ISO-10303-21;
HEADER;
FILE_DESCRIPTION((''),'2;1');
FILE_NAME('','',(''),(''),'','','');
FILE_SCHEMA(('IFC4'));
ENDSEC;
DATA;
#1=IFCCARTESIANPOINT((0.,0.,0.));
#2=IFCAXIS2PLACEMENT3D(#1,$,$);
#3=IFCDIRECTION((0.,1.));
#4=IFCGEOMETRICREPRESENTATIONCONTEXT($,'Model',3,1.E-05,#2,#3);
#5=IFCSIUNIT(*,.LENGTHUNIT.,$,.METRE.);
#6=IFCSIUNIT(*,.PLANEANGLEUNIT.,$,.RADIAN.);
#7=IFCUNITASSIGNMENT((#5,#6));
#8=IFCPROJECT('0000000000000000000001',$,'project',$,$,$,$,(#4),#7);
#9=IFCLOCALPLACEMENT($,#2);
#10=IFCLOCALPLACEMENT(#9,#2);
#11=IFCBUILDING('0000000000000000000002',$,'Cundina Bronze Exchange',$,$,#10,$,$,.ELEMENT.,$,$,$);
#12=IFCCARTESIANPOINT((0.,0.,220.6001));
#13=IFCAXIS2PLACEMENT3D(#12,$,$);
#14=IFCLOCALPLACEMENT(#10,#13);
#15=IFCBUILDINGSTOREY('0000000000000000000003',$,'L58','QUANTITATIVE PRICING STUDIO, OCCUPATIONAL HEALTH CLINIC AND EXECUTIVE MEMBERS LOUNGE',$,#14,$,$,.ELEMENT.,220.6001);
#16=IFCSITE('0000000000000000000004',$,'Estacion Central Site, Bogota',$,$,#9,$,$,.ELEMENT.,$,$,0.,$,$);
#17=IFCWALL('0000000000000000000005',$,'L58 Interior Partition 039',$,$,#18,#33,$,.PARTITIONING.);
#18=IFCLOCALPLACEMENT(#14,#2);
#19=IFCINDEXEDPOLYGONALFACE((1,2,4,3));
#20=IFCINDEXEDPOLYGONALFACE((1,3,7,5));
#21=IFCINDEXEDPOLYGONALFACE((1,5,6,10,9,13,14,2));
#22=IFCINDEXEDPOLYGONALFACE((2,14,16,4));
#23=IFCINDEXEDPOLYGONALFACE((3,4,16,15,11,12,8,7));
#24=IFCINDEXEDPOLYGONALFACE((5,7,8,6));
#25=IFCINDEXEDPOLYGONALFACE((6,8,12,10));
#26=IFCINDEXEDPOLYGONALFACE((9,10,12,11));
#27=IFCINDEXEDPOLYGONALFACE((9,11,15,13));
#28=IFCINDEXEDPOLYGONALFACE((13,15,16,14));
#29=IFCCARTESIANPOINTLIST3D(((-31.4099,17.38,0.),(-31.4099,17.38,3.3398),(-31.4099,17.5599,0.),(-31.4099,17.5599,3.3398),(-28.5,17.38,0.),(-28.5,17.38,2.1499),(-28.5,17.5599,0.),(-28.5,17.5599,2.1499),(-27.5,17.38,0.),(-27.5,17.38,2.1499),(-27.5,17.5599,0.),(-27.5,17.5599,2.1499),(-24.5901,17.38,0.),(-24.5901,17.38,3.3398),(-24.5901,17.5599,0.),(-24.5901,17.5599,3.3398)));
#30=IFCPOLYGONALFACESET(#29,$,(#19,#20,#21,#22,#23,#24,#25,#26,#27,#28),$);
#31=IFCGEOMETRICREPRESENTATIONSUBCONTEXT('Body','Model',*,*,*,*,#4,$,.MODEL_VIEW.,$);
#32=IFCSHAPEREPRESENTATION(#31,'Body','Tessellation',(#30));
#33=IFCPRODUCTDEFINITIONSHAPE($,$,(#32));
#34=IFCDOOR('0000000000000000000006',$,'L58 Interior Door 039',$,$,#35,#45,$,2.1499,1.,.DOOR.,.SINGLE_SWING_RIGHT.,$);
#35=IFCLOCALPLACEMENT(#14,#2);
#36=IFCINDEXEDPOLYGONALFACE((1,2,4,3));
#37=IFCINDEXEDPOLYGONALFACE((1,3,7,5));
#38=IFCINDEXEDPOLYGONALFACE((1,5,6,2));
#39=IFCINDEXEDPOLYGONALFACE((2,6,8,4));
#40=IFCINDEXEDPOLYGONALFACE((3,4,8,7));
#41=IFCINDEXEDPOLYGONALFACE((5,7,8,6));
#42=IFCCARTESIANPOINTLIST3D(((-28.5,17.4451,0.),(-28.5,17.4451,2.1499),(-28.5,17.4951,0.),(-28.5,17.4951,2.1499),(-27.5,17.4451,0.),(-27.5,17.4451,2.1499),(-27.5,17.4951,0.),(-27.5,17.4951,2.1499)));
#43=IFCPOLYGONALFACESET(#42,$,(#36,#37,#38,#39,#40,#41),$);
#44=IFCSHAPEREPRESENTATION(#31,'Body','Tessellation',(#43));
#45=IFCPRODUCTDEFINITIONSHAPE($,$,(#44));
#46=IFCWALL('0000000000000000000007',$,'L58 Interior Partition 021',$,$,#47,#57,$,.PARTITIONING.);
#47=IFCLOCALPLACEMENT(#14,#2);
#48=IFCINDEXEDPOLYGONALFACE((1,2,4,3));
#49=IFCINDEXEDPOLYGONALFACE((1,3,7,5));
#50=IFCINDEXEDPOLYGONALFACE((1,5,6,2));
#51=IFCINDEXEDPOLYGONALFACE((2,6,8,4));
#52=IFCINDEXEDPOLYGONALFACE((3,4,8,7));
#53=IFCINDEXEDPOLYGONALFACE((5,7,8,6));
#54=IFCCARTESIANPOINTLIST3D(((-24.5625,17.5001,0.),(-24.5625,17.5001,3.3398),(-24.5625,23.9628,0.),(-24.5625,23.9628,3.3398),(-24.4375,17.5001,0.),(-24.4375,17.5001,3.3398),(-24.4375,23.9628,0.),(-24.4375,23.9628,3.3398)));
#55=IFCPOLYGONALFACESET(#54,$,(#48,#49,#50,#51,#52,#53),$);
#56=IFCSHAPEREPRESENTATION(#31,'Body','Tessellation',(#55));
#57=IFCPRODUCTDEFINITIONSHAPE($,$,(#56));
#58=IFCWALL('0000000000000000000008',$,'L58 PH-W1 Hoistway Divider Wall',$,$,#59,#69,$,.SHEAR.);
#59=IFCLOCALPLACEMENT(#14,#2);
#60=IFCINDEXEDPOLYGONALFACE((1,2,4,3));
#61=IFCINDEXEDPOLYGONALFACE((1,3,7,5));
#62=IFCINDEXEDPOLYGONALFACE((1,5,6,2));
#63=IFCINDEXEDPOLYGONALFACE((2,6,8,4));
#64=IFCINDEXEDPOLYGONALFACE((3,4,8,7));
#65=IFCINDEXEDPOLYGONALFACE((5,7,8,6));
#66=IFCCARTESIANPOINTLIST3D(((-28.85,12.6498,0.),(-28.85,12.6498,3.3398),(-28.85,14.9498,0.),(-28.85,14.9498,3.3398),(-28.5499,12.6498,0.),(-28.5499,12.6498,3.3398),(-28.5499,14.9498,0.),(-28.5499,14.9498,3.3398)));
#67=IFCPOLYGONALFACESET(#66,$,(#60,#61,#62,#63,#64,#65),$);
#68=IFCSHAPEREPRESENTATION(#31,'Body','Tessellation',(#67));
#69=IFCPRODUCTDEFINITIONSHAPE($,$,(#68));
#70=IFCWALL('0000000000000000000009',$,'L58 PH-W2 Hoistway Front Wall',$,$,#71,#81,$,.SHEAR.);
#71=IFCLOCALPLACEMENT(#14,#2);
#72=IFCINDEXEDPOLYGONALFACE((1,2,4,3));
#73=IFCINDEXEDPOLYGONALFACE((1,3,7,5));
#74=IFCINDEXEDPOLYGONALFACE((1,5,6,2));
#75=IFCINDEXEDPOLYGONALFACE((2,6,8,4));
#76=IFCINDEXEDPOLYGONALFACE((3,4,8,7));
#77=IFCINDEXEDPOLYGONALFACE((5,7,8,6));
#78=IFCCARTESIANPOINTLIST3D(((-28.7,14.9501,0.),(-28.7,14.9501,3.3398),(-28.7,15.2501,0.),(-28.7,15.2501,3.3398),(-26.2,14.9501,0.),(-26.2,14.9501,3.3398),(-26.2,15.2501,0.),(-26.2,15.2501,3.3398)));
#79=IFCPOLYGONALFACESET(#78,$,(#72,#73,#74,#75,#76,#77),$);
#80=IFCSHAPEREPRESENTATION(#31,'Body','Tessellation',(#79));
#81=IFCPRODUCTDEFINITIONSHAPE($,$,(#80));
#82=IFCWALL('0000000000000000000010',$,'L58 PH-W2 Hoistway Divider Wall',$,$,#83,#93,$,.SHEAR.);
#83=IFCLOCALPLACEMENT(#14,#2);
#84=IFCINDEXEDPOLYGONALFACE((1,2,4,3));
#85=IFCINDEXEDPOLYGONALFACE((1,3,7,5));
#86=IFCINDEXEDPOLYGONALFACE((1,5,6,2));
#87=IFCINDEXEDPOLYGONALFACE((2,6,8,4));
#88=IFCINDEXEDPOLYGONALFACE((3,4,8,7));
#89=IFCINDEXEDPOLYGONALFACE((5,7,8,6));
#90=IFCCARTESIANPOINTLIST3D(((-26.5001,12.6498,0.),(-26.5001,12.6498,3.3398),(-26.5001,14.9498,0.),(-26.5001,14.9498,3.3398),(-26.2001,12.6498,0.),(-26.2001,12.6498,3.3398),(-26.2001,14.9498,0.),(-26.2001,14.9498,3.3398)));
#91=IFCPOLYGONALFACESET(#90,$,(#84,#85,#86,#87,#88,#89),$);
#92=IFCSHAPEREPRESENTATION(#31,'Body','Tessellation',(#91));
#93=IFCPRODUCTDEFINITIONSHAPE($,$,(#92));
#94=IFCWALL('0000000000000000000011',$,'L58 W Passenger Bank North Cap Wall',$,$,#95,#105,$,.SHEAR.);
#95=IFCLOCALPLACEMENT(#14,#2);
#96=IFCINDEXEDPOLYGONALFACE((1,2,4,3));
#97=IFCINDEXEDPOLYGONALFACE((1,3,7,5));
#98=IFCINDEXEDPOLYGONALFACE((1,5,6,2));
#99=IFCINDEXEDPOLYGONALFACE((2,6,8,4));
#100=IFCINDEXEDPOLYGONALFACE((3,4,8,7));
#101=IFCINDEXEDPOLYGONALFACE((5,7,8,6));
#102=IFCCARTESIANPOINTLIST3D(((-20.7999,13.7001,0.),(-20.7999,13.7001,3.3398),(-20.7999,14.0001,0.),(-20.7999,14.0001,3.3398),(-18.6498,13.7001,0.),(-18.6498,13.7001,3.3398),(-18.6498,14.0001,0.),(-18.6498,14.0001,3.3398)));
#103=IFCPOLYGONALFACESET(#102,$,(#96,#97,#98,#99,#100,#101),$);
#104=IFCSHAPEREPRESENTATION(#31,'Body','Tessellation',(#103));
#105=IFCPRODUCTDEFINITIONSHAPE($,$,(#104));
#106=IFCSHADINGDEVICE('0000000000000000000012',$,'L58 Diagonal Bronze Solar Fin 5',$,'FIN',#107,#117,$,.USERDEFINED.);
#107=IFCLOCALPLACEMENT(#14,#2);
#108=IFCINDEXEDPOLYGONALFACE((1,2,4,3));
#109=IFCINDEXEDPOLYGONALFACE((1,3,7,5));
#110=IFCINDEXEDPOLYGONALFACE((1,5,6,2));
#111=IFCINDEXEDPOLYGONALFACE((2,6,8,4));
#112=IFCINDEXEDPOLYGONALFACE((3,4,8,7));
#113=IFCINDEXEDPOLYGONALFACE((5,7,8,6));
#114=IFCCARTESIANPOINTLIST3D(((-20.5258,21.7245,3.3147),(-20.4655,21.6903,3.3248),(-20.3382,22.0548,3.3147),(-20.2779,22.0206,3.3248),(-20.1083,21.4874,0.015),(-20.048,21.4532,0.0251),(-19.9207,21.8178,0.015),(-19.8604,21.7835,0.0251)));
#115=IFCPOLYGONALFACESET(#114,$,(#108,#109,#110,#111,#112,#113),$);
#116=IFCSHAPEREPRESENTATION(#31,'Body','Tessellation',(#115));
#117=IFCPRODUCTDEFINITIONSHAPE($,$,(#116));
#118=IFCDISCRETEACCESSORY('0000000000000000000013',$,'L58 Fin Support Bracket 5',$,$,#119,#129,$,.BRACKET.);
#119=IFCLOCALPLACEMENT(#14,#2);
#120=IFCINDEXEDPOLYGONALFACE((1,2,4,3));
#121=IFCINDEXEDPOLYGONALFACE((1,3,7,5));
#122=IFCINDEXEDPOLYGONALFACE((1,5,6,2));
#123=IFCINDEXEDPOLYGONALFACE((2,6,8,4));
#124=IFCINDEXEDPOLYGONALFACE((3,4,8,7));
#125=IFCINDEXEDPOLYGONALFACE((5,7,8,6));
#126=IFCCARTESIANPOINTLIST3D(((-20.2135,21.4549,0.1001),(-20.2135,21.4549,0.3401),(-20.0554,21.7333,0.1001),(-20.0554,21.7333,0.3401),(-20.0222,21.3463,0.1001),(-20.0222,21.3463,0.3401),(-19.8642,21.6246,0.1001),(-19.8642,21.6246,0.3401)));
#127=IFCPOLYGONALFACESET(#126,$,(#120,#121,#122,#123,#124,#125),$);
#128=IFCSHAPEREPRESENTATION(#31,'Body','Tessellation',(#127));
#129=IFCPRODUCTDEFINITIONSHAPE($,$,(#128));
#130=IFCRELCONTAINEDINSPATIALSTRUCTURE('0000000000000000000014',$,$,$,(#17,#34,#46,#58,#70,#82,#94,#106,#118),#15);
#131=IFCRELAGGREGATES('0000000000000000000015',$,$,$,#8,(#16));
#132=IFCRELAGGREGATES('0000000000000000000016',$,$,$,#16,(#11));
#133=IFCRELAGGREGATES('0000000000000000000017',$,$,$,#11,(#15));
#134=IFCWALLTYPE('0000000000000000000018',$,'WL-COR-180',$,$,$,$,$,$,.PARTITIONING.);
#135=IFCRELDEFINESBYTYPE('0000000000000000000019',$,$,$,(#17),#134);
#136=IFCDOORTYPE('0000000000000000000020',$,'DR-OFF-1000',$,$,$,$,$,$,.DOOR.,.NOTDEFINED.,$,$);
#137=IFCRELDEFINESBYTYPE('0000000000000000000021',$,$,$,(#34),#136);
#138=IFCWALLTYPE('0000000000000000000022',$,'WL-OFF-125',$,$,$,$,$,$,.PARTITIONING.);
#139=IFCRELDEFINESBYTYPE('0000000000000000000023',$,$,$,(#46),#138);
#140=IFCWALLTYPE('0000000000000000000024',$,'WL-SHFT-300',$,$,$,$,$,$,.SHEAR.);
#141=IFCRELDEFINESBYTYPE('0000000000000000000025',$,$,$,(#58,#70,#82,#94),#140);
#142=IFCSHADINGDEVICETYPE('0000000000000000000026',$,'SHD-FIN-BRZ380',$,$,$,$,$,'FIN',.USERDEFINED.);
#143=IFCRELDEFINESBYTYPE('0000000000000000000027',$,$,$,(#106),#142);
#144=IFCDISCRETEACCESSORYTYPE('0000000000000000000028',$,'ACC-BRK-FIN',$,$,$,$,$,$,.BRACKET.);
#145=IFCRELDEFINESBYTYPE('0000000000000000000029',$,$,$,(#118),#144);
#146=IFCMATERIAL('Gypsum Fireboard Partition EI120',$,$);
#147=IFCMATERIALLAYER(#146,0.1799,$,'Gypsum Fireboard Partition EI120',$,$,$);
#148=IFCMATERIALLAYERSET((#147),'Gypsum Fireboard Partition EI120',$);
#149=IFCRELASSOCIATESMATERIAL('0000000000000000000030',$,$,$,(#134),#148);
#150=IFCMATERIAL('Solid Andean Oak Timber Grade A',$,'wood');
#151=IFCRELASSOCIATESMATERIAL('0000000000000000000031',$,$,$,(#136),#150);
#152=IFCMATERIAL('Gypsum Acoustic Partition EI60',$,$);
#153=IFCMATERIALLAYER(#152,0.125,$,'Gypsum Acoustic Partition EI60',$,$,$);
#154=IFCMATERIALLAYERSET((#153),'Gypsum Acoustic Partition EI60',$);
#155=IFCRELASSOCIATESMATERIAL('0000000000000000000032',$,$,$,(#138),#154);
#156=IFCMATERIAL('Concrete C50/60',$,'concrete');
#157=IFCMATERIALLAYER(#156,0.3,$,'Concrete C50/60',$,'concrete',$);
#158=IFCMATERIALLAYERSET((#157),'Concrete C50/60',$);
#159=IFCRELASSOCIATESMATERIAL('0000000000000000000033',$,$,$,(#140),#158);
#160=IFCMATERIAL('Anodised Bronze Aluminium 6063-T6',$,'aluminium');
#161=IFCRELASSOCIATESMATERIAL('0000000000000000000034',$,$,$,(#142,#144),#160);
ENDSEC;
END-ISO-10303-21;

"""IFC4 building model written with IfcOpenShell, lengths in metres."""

from ifc_helpers import new_model, si_unit, direction, frame, frame_2d, origin, origin_2d, place, context, subcontext, project, spatial, rectangle, extrude, material, layer, layer_set, material_profile, profile_set, type_object, element, fill, save


model = new_model("IFC4")

# Units and contexts
model_context = context("Model", 3, precision=1e-05, world=origin(), true_north=direction((0.0, 1.0)))
body_context = subcontext(model_context, "Body", "Model", "MODEL_VIEW")
ifc_project = project(units=[si_unit("LENGTHUNIT", "METRE"), si_unit("PLANEANGLEUNIT", "RADIAN")], contexts=[model_context])

# Site, building, storey
site_placement = place(None, origin())
site = spatial("IfcSite", under=ifc_project, at=site_placement, Name="Estacion Central Site, Bogota", CompositionType="ELEMENT", RefElevation=0.0)
building_placement = place(site_placement, origin())
building = spatial("IfcBuilding", under=site, at=building_placement, Name="Cundina Bronze Exchange", CompositionType="ELEMENT")
storey_placement = place(building_placement, frame((0.0, 0.0, 220.6001)))
storey = spatial("IfcBuildingStorey", under=building, at=storey_placement, Name="L58", Description="QUANTITATIVE PRICING STUDIO, OCCUPATIONAL HEALTH CLINIC AND EXECUTIVE MEMBERS LOUNGE", CompositionType="ELEMENT", Elevation=220.6001)

# Shared definitions
ifc_material_1 = material(Name="Concrete C50/60", Category="concrete")

# Shared definitions
ifc_material_2 = material(Name="Anodised Bronze Aluminium 6063-T6", Category="aluminium")

# Shared definitions
ifc_material_3 = material(Name="Gypsum Fireboard Partition EI120")
ifc_layer_1 = layer(ifc_material_3, 0.1799, Name="Gypsum Fireboard Partition EI120")
ifc_layer_set_1 = layer_set([ifc_layer_1], Name="Gypsum Fireboard Partition EI120")
wall_type_1 = type_object("IfcWallType", Name="WL-COR-180", PredefinedType="PARTITIONING", material=ifc_layer_set_1)
ifc_material_4 = material(Name="Solid Andean Oak Timber Grade A", Category="wood")

# Wall, opening, door
wall_1_placement = place(storey_placement, frame((-24.5901, 17.47, 0.0), z_axis=(0.0, 0.0, 1.0), x_axis=(-1.0, 0.0, 0.0)))
wall_1 = element("IfcWall", 1, at=wall_1_placement, inside=storey, type_object=wall_type_1, Name="L58 Interior Partition 039", PredefinedType="PARTITIONING", context=body_context, shape_type="SweptSolid", body=[
    extrude(rectangle(XDim=6.8198, YDim=0.1799, at=frame_2d((3.4099, 0.0))), origin(), (0.0, 0.0, 1.0), 3.3398),
])
opening_1_placement = place(wall_1_placement, frame((2.9099, 0.0, 0.0)))
opening_1 = element("IfcOpeningElement", 2, at=opening_1_placement, cuts=wall_1, PredefinedType="OPENING", context=body_context, shape_type="SweptSolid", body=[
    extrude(rectangle(XDim=1.0, YDim=2.1499, at=frame_2d((0.5, 1.075))), frame((0.0, 0.0999, 0.0), z_axis=(0.0, -1.0, 0.0), x_axis=(1.0, 0.0, 0.0)), (0.0, 0.0, 1.0), 0.2),
])
door_type_1 = type_object("IfcDoorType", Name="DR-OFF-1000", OperationType="NOTDEFINED", PredefinedType="DOOR", material=ifc_material_4)
door_1_placement = place(opening_1_placement, origin())
door_1 = element("IfcDoor", 3, at=door_1_placement, inside=storey, type_object=door_type_1, Name="L58 Interior Door 039", OperationType="SINGLE_SWING_RIGHT", OverallHeight=2.1499, OverallWidth=1.0, PredefinedType="DOOR", context=body_context, shape_type="SweptSolid", body=[
    extrude(rectangle(XDim=1.0, YDim=2.1499, at=frame_2d((0.5, 1.075))), frame((0.0, 0.0249, 0.0), z_axis=(0.0, -1.0, 0.0), x_axis=(1.0, 0.0, 0.0)), (0.0, 0.0, 1.0), 0.05),
])
fill(opening_1, door_1)

# Walls
ifc_material_5 = material(Name="Gypsum Acoustic Partition EI60")
ifc_layer_2 = layer(ifc_material_5, 0.125, Name="Gypsum Acoustic Partition EI60")
ifc_layer_set_2 = layer_set([ifc_layer_2], Name="Gypsum Acoustic Partition EI60")
wall_type_2 = type_object("IfcWallType", Name="WL-OFF-125", PredefinedType="PARTITIONING", material=ifc_layer_set_2)
wall_2_placement = place(storey_placement, frame((-24.5, 17.5, 0.0), z_axis=(0.0, 0.0, 1.0), x_axis=(0.0, 1.0, 0.0)))
element("IfcWall", 4, at=wall_2_placement, inside=storey, type_object=wall_type_2, Name="L58 Interior Partition 021", PredefinedType="PARTITIONING", context=body_context, shape_type="SweptSolid", body=[
    extrude(rectangle(XDim=6.4626, YDim=0.125, at=frame_2d((3.2314, 0.0))), origin(), (0.0, 0.0, 1.0), 3.3398),
])
ifc_layer_3 = layer(ifc_material_1, 0.3, Name="Concrete C50/60", Category="concrete")
ifc_layer_set_3 = layer_set([ifc_layer_3], Name="Concrete C50/60")
wall_type_3 = type_object("IfcWallType", Name="WL-SHFT-300", PredefinedType="SHEAR", material=ifc_layer_set_3)
wall_3_placement = place(storey_placement, frame((-28.7, 12.6499, 0.0), z_axis=(0.0, 0.0, 1.0), x_axis=(0.0, 1.0, 0.0)))
element("IfcWall", 5, at=wall_3_placement, inside=storey, type_object=wall_type_3, Name="L58 PH-W1 Hoistway Divider Wall", PredefinedType="SHEAR", context=body_context, shape_type="SweptSolid", body=[
    extrude(rectangle(XDim=2.3, YDim=0.3, at=frame_2d((1.1499, 0.0))), origin(), (0.0, 0.0, 1.0), 3.3398),
])
wall_4_placement = place(storey_placement, frame((-28.7, 15.1001, 0.0), z_axis=(0.0, 0.0, 1.0), x_axis=(1.0, 0.0, 0.0)))
element("IfcWall", 6, at=wall_4_placement, inside=storey, type_object=wall_type_3, Name="L58 PH-W2 Hoistway Front Wall", PredefinedType="SHEAR", context=body_context, shape_type="SweptSolid", body=[
    extrude(rectangle(XDim=2.5, YDim=0.3, at=frame_2d((1.25, 0.0))), origin(), (0.0, 0.0, 1.0), 3.3398),
])
wall_5_placement = place(storey_placement, frame((-26.3501, 12.6499, 0.0), z_axis=(0.0, 0.0, 1.0), x_axis=(0.0, 1.0, 0.0)))
element("IfcWall", 7, at=wall_5_placement, inside=storey, type_object=wall_type_3, Name="L58 PH-W2 Hoistway Divider Wall", PredefinedType="SHEAR", context=body_context, shape_type="SweptSolid", body=[
    extrude(rectangle(XDim=2.3, YDim=0.3, at=frame_2d((1.1499, 0.0))), origin(), (0.0, 0.0, 1.0), 3.3398),
])
wall_6_placement = place(storey_placement, frame((-20.8, 13.8501, 0.0), z_axis=(0.0, 0.0, 1.0), x_axis=(1.0, 0.0, 0.0)))
element("IfcWall", 8, at=wall_6_placement, inside=storey, type_object=wall_type_3, Name="L58 W Passenger Bank North Cap Wall", PredefinedType="SHEAR", context=body_context, shape_type="SweptSolid", body=[
    extrude(rectangle(XDim=2.1501, YDim=0.3, at=frame_2d((1.0752, 0.0))), origin(), (0.0, 0.0, 1.0), 3.3398),
])

# Shading device
ifc_material_profile_1 = material_profile(ifc_material_2, rectangle(XDim=0.0701, YDim=0.3799, at=origin_2d()), Name="FIN70X380", Category="aluminium")
ifc_profile_set_1 = profile_set([ifc_material_profile_1], Name="Anodised Bronze Aluminium 6063-T6")
shading_device_type = type_object("IfcShadingDeviceType", Name="SHD-FIN-BRZ380", ElementType="FIN", PredefinedType="USERDEFINED", material=ifc_profile_set_1)
shading_device_placement = place(storey_placement, frame((-19.9844, 21.6355, 0.02), z_axis=(-0.125199, 0.071092, 0.989581), x_axis=(0.860526, -0.488638, 0.143975)))
element("IfcShadingDevice", 9, at=shading_device_placement, inside=storey, type_object=shading_device_type, Name="L58 Diagonal Bronze Solar Fin 5", ObjectType="FIN", PredefinedType="USERDEFINED", context=body_context, shape_type="SweptSolid", body=[
    extrude(rectangle(XDim=0.0701, YDim=0.3799, at=origin_2d()), origin(), (0.0, 0.0, 1.0), 3.3345),
])

# Discrete accessory
discrete_accessory_type = type_object("IfcDiscreteAccessoryType", Name="ACC-BRK-FIN", PredefinedType="BRACKET", material=ifc_material_2)
discrete_accessory_placement = place(storey_placement, frame((-20.0388, 21.5398, 0.1001), z_axis=(0.0, 0.0, 1.0), x_axis=(-0.869573, 0.493805, 0.0)))
element("IfcDiscreteAccessory", 10, at=discrete_accessory_placement, inside=storey, type_object=discrete_accessory_type, Name="L58 Fin Support Bracket 5", PredefinedType="BRACKET", context=body_context, shape_type="SweptSolid", body=[
    extrude(rectangle(XDim=0.22, YDim=0.3201, at=origin_2d()), origin(), (0.0, 0.0, 1.0), 0.24),
])

save(model, "model.ifc")
